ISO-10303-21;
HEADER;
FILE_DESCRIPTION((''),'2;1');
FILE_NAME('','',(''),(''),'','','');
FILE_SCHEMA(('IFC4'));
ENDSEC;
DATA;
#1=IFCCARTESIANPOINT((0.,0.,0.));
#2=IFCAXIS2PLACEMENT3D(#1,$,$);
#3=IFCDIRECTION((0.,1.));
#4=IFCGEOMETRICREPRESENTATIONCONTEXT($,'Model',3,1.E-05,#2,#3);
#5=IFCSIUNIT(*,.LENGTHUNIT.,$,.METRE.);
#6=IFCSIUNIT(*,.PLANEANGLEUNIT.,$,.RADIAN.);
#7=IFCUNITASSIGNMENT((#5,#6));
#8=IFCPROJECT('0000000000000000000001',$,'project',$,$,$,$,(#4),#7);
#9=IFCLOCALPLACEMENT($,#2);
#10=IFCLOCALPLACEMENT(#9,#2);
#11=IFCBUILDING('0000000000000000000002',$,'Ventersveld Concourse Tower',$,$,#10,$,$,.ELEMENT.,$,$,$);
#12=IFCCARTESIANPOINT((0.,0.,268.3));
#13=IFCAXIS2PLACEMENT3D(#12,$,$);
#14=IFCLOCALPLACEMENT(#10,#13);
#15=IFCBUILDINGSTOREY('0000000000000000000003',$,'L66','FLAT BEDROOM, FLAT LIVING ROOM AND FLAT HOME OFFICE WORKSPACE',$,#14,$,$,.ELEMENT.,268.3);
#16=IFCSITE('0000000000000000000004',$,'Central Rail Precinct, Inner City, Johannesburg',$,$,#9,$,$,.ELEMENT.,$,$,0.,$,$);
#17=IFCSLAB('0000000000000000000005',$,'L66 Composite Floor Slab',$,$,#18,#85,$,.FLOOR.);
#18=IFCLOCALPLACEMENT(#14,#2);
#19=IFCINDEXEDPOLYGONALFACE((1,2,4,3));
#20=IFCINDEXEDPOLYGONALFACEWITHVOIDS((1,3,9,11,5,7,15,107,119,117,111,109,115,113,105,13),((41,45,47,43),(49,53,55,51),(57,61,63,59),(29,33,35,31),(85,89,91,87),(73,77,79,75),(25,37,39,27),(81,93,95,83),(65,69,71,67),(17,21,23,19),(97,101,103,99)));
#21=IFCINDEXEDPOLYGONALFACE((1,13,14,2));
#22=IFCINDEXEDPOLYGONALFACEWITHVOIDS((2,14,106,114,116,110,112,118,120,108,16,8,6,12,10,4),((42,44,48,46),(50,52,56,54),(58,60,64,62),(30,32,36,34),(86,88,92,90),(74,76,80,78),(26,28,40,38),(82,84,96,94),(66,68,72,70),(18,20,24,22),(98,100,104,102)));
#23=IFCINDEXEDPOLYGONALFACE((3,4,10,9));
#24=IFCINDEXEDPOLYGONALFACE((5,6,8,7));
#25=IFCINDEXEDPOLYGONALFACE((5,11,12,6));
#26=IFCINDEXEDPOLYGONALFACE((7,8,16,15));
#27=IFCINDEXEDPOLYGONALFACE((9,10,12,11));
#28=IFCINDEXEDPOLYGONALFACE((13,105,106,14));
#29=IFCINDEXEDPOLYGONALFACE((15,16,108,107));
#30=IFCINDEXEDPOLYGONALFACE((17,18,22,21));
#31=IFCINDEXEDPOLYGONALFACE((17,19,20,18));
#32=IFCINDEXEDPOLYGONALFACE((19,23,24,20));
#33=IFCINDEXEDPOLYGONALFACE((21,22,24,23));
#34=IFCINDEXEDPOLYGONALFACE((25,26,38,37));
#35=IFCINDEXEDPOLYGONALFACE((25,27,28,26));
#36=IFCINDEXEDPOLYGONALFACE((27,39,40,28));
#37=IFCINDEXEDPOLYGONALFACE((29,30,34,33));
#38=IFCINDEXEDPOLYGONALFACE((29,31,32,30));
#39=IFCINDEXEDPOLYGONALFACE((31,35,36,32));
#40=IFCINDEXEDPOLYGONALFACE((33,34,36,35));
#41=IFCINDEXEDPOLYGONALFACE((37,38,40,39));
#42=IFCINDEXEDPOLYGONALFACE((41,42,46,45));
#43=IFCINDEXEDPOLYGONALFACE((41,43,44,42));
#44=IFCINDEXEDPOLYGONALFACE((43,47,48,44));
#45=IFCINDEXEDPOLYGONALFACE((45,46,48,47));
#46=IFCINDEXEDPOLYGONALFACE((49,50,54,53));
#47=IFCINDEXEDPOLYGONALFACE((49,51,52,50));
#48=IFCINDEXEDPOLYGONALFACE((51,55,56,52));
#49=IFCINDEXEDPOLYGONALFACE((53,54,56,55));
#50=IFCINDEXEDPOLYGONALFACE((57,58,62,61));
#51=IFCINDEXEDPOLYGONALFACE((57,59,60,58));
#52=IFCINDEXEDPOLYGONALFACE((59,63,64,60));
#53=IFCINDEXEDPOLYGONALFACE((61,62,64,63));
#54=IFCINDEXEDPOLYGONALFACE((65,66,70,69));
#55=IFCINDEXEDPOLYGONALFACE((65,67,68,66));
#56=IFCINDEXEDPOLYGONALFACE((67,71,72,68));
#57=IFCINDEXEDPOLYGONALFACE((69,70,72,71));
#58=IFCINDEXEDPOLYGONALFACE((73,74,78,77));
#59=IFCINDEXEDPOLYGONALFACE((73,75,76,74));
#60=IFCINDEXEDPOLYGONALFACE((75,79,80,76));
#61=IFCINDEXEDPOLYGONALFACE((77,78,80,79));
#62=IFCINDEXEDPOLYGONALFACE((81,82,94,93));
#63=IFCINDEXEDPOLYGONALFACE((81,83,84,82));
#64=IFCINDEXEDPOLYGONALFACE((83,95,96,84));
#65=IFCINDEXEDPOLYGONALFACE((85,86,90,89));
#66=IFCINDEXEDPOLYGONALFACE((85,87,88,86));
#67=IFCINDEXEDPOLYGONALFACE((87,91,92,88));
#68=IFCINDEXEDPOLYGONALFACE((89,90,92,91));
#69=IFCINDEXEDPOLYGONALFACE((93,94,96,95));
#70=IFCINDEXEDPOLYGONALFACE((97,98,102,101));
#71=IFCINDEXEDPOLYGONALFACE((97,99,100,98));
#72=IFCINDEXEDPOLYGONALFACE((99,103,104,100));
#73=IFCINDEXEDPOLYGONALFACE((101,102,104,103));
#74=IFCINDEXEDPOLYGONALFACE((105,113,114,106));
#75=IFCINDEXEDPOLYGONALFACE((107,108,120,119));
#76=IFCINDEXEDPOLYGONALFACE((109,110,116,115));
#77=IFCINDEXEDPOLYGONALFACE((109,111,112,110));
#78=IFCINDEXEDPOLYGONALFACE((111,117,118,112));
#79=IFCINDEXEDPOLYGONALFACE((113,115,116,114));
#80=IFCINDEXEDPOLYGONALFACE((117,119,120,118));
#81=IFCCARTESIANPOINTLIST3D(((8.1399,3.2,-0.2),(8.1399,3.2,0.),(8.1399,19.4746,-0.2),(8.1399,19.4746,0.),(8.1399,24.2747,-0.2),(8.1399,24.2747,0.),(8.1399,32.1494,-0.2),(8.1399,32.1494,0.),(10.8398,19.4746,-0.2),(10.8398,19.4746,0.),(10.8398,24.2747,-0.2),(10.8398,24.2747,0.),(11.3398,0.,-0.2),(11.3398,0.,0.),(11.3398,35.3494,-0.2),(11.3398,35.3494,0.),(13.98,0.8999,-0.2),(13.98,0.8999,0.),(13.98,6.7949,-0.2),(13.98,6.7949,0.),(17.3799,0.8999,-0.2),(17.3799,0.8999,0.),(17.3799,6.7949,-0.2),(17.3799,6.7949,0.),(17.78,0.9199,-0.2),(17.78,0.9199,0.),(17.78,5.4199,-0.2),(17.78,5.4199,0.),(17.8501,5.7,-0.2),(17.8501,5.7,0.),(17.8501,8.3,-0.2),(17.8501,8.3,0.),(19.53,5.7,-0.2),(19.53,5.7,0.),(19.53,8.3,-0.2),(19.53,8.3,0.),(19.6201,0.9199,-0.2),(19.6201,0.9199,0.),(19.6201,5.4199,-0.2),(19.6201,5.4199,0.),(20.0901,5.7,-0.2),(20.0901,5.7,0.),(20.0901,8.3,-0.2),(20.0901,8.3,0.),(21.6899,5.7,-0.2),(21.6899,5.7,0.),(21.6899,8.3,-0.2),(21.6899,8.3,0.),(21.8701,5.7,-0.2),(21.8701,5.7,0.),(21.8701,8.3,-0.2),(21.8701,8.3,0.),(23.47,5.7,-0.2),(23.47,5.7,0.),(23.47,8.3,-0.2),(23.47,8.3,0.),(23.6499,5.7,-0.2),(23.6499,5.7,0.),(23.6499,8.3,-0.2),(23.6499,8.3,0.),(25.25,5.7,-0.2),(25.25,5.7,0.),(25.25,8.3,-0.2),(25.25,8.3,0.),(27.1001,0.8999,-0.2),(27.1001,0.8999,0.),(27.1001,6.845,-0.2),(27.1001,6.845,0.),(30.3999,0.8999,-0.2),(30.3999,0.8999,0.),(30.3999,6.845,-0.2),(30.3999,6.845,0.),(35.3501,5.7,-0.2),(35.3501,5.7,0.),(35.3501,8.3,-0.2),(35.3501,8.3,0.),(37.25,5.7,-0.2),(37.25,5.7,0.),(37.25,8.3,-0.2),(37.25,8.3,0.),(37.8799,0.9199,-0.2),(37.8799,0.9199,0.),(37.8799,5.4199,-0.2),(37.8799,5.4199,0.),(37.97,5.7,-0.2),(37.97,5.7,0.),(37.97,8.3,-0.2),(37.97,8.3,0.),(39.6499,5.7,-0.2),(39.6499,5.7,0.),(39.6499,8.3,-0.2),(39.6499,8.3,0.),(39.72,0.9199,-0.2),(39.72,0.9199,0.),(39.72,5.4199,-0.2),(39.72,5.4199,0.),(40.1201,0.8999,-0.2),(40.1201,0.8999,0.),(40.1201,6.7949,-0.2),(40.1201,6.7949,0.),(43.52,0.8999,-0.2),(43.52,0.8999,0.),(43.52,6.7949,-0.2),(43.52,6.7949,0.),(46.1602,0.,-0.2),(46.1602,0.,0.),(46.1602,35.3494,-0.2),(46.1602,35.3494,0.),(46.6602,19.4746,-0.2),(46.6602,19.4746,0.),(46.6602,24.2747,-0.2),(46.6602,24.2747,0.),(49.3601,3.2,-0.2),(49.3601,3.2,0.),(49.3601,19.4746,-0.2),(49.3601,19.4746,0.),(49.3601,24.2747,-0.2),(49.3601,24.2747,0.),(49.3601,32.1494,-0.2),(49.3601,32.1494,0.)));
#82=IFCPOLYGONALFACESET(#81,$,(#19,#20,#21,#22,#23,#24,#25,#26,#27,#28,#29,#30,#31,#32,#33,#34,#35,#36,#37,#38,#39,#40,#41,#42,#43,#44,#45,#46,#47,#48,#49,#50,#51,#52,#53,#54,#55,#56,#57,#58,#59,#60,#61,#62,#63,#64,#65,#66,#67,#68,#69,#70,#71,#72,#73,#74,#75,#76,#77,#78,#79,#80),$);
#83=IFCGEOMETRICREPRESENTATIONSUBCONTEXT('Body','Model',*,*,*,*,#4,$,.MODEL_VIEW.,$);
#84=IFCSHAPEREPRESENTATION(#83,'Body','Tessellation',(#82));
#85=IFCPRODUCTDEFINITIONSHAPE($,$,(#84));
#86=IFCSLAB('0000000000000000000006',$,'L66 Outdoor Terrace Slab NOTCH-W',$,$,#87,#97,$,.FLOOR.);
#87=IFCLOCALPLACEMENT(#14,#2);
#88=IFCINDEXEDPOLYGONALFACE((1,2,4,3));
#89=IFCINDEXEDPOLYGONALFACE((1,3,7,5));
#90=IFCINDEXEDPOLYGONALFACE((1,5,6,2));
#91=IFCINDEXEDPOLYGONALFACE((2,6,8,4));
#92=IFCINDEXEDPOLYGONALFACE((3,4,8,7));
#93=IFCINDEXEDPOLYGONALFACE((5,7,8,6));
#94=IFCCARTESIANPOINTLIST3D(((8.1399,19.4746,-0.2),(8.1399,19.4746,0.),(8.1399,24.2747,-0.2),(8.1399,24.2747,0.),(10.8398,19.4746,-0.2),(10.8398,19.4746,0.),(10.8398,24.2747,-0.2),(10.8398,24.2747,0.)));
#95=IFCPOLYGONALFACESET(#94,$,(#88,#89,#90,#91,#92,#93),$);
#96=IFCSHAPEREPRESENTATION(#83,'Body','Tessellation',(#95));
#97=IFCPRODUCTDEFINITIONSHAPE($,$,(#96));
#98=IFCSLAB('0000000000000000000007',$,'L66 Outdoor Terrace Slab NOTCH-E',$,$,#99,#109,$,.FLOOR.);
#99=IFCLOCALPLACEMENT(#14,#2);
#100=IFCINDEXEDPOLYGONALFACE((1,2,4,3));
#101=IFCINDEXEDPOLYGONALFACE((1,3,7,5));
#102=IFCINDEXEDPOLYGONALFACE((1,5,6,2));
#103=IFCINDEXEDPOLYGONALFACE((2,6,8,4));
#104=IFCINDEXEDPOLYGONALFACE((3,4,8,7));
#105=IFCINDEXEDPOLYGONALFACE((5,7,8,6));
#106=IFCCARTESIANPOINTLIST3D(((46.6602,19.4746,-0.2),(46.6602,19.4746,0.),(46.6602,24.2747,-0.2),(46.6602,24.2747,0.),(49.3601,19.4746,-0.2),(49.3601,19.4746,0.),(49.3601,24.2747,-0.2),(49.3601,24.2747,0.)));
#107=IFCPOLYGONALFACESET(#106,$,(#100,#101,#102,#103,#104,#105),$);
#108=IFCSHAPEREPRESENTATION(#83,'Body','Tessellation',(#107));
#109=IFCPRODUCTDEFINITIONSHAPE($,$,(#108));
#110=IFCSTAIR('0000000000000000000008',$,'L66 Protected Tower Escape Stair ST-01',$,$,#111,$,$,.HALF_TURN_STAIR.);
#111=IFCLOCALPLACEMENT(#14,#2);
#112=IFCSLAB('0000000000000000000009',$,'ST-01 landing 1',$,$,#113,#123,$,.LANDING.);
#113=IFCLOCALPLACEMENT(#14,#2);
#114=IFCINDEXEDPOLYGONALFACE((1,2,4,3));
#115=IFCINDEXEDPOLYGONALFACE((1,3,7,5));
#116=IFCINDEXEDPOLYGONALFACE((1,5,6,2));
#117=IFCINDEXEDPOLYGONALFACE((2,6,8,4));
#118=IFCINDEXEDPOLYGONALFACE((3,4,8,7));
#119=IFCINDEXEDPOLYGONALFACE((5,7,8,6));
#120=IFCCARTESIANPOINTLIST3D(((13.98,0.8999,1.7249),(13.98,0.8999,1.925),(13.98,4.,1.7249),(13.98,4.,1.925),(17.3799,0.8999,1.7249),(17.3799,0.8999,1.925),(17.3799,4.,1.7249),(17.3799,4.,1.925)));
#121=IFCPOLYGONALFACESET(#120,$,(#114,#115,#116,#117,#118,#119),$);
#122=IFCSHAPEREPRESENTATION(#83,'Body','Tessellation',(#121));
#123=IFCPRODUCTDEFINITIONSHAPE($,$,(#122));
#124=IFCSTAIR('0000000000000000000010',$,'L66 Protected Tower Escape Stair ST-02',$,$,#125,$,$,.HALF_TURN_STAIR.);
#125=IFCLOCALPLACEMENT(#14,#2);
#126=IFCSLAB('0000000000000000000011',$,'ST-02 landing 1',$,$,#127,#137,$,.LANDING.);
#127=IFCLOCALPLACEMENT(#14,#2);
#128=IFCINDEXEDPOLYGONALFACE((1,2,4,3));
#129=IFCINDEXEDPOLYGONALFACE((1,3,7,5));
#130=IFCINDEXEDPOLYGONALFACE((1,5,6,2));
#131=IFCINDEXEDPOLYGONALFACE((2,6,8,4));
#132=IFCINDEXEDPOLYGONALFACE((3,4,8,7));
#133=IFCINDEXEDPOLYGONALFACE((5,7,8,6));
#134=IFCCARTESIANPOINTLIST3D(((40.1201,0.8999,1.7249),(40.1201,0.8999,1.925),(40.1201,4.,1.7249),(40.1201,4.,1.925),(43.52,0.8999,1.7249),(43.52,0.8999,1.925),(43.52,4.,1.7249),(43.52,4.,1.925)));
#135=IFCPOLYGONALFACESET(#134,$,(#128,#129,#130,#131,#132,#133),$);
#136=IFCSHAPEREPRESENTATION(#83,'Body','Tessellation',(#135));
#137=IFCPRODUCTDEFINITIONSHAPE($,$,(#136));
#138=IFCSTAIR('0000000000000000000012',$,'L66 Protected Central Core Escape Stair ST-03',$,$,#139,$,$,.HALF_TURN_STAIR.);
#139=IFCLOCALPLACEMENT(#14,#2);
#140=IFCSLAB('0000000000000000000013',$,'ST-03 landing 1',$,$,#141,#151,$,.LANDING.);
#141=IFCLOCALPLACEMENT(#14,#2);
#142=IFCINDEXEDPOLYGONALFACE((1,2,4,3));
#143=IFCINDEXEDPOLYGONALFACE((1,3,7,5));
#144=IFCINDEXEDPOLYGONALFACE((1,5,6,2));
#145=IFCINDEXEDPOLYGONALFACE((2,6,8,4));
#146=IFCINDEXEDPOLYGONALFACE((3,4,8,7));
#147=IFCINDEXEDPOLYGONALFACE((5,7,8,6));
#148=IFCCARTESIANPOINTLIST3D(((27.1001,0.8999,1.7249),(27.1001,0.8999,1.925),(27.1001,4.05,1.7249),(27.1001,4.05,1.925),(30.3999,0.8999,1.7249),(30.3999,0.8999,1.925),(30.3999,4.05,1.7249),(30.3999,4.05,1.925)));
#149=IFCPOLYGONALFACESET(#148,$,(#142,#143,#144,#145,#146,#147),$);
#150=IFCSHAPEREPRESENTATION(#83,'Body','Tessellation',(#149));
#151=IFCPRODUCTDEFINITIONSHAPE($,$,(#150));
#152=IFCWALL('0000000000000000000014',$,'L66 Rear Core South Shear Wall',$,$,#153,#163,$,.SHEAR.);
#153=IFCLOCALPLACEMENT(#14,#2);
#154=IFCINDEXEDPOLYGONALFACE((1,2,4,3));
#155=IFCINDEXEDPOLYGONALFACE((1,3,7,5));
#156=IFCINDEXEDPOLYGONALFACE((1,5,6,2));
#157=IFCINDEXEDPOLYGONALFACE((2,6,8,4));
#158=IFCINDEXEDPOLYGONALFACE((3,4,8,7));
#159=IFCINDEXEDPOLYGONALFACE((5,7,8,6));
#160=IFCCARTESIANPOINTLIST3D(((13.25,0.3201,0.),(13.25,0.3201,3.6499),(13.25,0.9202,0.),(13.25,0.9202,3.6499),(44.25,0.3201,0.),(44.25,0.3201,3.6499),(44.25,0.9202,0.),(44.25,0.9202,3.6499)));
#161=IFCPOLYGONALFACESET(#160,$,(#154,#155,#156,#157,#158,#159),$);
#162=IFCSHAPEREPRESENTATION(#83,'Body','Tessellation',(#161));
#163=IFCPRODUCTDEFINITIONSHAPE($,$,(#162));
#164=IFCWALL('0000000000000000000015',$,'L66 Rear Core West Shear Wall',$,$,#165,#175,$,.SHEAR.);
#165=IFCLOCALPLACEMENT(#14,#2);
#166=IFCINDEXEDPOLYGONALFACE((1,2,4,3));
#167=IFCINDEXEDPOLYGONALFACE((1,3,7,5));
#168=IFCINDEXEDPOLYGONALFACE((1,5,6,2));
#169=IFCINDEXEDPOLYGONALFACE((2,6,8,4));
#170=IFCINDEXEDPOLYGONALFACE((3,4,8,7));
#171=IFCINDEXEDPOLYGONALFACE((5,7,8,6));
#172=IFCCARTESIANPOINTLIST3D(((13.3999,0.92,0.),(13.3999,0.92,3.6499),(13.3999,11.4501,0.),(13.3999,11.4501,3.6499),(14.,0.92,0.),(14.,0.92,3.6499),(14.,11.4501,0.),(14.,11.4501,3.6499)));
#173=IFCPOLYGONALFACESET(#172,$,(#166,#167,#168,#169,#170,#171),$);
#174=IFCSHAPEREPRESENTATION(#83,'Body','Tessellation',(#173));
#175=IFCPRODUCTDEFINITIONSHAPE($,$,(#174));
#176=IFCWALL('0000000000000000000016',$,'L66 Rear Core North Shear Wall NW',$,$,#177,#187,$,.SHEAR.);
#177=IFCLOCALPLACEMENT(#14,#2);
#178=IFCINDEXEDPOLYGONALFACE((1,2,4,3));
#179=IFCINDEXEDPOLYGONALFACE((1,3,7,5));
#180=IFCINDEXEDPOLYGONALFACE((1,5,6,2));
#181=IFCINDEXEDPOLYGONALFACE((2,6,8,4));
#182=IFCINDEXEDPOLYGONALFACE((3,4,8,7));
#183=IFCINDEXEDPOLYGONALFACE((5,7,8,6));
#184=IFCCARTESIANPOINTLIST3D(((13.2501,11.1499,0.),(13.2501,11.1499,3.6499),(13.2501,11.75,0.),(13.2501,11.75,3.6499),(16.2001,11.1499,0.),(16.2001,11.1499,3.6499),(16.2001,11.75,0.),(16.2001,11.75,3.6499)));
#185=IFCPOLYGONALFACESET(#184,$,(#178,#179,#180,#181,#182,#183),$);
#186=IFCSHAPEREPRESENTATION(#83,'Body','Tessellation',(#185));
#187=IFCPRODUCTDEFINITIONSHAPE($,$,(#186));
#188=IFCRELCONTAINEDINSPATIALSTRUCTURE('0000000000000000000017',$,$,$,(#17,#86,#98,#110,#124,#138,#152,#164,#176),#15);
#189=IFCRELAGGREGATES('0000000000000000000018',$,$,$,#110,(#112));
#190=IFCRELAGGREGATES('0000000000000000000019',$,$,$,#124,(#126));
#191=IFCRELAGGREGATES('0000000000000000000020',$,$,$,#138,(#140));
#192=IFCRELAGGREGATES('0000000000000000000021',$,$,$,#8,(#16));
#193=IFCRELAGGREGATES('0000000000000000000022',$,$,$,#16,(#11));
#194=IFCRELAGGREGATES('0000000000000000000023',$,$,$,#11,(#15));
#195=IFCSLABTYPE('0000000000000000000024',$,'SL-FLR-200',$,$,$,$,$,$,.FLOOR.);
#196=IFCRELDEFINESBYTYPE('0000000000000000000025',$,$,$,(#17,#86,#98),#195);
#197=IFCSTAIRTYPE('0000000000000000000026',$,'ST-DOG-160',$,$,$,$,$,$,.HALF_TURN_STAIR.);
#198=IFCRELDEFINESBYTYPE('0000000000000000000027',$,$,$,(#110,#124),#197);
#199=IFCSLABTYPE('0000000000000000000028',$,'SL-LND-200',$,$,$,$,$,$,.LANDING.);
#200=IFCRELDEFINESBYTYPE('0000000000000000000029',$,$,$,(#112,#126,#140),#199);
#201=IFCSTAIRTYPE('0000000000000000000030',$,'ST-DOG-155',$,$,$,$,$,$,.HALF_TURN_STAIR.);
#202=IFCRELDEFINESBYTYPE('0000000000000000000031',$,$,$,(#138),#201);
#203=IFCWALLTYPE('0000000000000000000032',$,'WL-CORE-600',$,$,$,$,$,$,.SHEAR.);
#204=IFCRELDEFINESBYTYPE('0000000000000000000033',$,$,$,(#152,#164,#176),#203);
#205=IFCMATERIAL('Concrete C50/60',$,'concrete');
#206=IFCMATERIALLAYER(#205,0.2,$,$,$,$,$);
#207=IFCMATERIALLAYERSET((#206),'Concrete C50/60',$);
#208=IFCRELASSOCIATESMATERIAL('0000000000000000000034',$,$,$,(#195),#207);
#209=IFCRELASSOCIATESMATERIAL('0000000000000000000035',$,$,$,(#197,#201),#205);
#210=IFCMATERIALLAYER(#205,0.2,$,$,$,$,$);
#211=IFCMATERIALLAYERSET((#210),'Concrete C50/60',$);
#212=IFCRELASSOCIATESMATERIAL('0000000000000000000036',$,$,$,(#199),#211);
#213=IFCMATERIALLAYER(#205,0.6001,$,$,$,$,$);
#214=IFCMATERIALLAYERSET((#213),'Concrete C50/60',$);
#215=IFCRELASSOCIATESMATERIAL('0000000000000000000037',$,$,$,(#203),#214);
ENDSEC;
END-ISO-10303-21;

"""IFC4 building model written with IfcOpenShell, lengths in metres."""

from ifc_helpers import new_model, si_unit, direction, frame, frame_2d, origin, place, context, subcontext, project, spatial, polyline, rectangle, outline, extrude, material, layer, layer_set, type_object, element, aggregate, save


model = new_model("IFC4")

# Units and contexts
model_context = context("Model", 3, precision=1e-05, world=origin(), true_north=direction((0.0, 1.0)))
body_context = subcontext(model_context, "Body", "Model", "MODEL_VIEW")
ifc_project = project(units=[si_unit("LENGTHUNIT", "METRE"), si_unit("PLANEANGLEUNIT", "RADIAN")], contexts=[model_context])

# Site, building, storey
site_placement = place(None, origin())
site = spatial("IfcSite", under=ifc_project, at=site_placement, Name="Central Rail Precinct, Inner City, Johannesburg", CompositionType="ELEMENT", RefElevation=0.0)
building_placement = place(site_placement, origin())
building = spatial("IfcBuilding", under=site, at=building_placement, Name="Ventersveld Concourse Tower", CompositionType="ELEMENT")
storey_placement = place(building_placement, frame((0.0, 0.0, 268.3)))
storey = spatial("IfcBuildingStorey", under=building, at=storey_placement, Name="L66", Description="FLAT BEDROOM, FLAT LIVING ROOM AND FLAT HOME OFFICE WORKSPACE", CompositionType="ELEMENT", Elevation=268.3)

# Shared definitions
ifc_material_1 = material(Name="Concrete C50/60", Category="concrete")

# Slabs
ifc_layer_1 = layer(ifc_material_1, 0.2)
ifc_layer_set_1 = layer_set([ifc_layer_1], Name="Concrete C50/60")
slab_type_1 = type_object("IfcSlabType", Name="SL-FLR-200", PredefinedType="FLOOR", material=ifc_layer_set_1)
slab_1_placement = place(storey_placement, frame((0.0, 0.0, -0.2)))
element("IfcSlab", 1, at=slab_1_placement, inside=storey, type_object=slab_type_1, Name="L66 Composite Floor Slab", PredefinedType="FLOOR", context=body_context, shape_type="SweptSolid", body=[
    extrude(outline(polyline([(11.3398, 0.0), (46.1602, 0.0), (49.3601, 3.2), (49.3601, 19.4746), (46.6602, 19.4746), (46.6602, 24.2747), (49.3601, 24.2747), (49.3601, 32.1494), (46.1602, 35.3494), (11.3398, 35.3494), (8.1399, 32.1494), (8.1399, 24.2747), (10.8398, 24.2747), (10.8398, 19.4746), (8.1399, 19.4746), (8.1399, 3.2), (11.3398, 0.0)]), holes=[polyline([(13.98, 6.7949), (13.98, 0.8999), (17.3799, 0.8999), (17.3799, 6.7949), (13.98, 6.7949)]), polyline([(40.1201, 6.7949), (40.1201, 0.8999), (43.52, 0.8999), (43.52, 6.7949), (40.1201, 6.7949)]), polyline([(27.1001, 6.845), (27.1001, 0.8999), (30.3999, 0.8999), (30.3999, 6.845), (27.1001, 6.845)]), polyline([(17.8501, 5.7), (19.53, 5.7), (19.53, 8.3), (17.8501, 8.3), (17.8501, 5.7)]), polyline([(37.97, 5.7), (39.6499, 5.7), (39.6499, 8.3), (37.97, 8.3), (37.97, 5.7)]), polyline([(35.3501, 5.7), (37.25, 5.7), (37.25, 8.3), (35.3501, 8.3), (35.3501, 5.7)]), polyline([(20.0901, 5.7), (21.6899, 5.7), (21.6899, 8.3), (20.0901, 8.3), (20.0901, 5.7)]), polyline([(21.8701, 5.7), (23.47, 5.7), (23.47, 8.3), (21.8701, 8.3), (21.8701, 5.7)]), polyline([(23.6499, 5.7), (25.25, 5.7), (25.25, 8.3), (23.6499, 8.3), (23.6499, 5.7)]), polyline([(17.78, 0.9199), (19.6201, 0.9199), (19.6201, 5.4199), (17.78, 5.4199), (17.78, 0.9199)]), polyline([(37.8799, 0.9199), (39.72, 0.9199), (39.72, 5.4199), (37.8799, 5.4199), (37.8799, 0.9199)])]), origin(), (0.0, 0.0, 1.0), 0.2),
])
slab_2_placement = place(storey_placement, frame((0.0, 0.0, -0.2)))
element("IfcSlab", 2, at=slab_2_placement, inside=storey, type_object=slab_type_1, Name="L66 Outdoor Terrace Slab NOTCH-W", PredefinedType="FLOOR", context=body_context, shape_type="SweptSolid", body=[
    extrude(outline(polyline([(8.1399, 19.4746), (10.8398, 19.4746), (10.8398, 24.2747), (8.1399, 24.2747), (8.1399, 19.4746)])), origin(), (0.0, 0.0, 1.0), 0.2),
])
slab_3_placement = place(storey_placement, frame((0.0, 0.0, -0.2)))
element("IfcSlab", 3, at=slab_3_placement, inside=storey, type_object=slab_type_1, Name="L66 Outdoor Terrace Slab NOTCH-E", PredefinedType="FLOOR", context=body_context, shape_type="SweptSolid", body=[
    extrude(outline(polyline([(46.6602, 19.4746), (49.3601, 19.4746), (49.3601, 24.2747), (46.6602, 24.2747), (46.6602, 19.4746)])), origin(), (0.0, 0.0, 1.0), 0.2),
])

# Stairs, slabs
stair_type_1 = type_object("IfcStairType", Name="ST-DOG-160", PredefinedType="HALF_TURN_STAIR", material=ifc_material_1)
stair_1_placement = place(storey_placement, origin())
stair_1 = element("IfcStair", 4, at=stair_1_placement, inside=storey, type_object=stair_type_1, Name="L66 Protected Tower Escape Stair ST-01", PredefinedType="HALF_TURN_STAIR")
ifc_layer_2 = layer(ifc_material_1, 0.2)
ifc_layer_set_2 = layer_set([ifc_layer_2], Name="Concrete C50/60")
slab_type_2 = type_object("IfcSlabType", Name="SL-LND-200", PredefinedType="LANDING", material=ifc_layer_set_2)
slab_4_placement = place(storey_placement, frame((0.0, 0.0, 1.7249)))
slab_4 = element("IfcSlab", 5, at=slab_4_placement, type_object=slab_type_2, Name="ST-01 landing 1", PredefinedType="LANDING", context=body_context, shape_type="SweptSolid", body=[
    extrude(outline(polyline([(13.98, 4.0), (13.98, 0.8999), (17.3799, 0.8999), (17.3799, 4.0), (13.98, 4.0)])), origin(), (0.0, 0.0, 1.0), 0.2002),
])
aggregate(stair_1, [slab_4])
stair_2_placement = place(storey_placement, origin())
stair_2 = element("IfcStair", 6, at=stair_2_placement, inside=storey, type_object=stair_type_1, Name="L66 Protected Tower Escape Stair ST-02", PredefinedType="HALF_TURN_STAIR")
slab_5_placement = place(storey_placement, frame((0.0, 0.0, 1.7249)))
slab_5 = element("IfcSlab", 7, at=slab_5_placement, type_object=slab_type_2, Name="ST-02 landing 1", PredefinedType="LANDING", context=body_context, shape_type="SweptSolid", body=[
    extrude(outline(polyline([(40.1201, 4.0), (40.1201, 0.8999), (43.52, 0.8999), (43.52, 4.0), (40.1201, 4.0)])), origin(), (0.0, 0.0, 1.0), 0.2002),
])
aggregate(stair_2, [slab_5])
stair_type_2 = type_object("IfcStairType", Name="ST-DOG-155", PredefinedType="HALF_TURN_STAIR", material=ifc_material_1)
stair_3_placement = place(storey_placement, origin())
stair_3 = element("IfcStair", 8, at=stair_3_placement, inside=storey, type_object=stair_type_2, Name="L66 Protected Central Core Escape Stair ST-03", PredefinedType="HALF_TURN_STAIR")
slab_6_placement = place(storey_placement, frame((0.0, 0.0, 1.7249)))
slab_6 = element("IfcSlab", 9, at=slab_6_placement, type_object=slab_type_2, Name="ST-03 landing 1", PredefinedType="LANDING", context=body_context, shape_type="SweptSolid", body=[
    extrude(outline(polyline([(27.1001, 4.05), (27.1001, 0.8999), (30.3999, 0.8999), (30.3999, 4.05), (27.1001, 4.05)])), origin(), (0.0, 0.0, 1.0), 0.2002),
])
aggregate(stair_3, [slab_6])

# Walls
ifc_layer_3 = layer(ifc_material_1, 0.6001)
ifc_layer_set_3 = layer_set([ifc_layer_3], Name="Concrete C50/60")
wall_type_1 = type_object("IfcWallType", Name="WL-CORE-600", PredefinedType="SHEAR", material=ifc_layer_set_3)
wall_1_placement = place(storey_placement, frame((13.25, 0.6201, 0.0), z_axis=(0.0, 0.0, 1.0), x_axis=(1.0, 0.0, 0.0)))
element("IfcWall", 10, at=wall_1_placement, inside=storey, type_object=wall_type_1, Name="L66 Rear Core South Shear Wall", PredefinedType="SHEAR", context=body_context, shape_type="SweptSolid", body=[
    extrude(rectangle(XDim=31.0, YDim=0.6001, at=frame_2d((15.5, 0.0))), origin(), (0.0, 0.0, 1.0), 3.6499),
])
wall_2_placement = place(storey_placement, frame((13.7, 0.9199, 0.0), z_axis=(0.0, 0.0, 1.0), x_axis=(0.0, 1.0, 0.0)))
element("IfcWall", 11, at=wall_2_placement, inside=storey, type_object=wall_type_1, Name="L66 Rear Core West Shear Wall", PredefinedType="SHEAR", context=body_context, shape_type="SweptSolid", body=[
    extrude(rectangle(XDim=10.53, YDim=0.6001, at=frame_2d((5.2651, 0.0))), origin(), (0.0, 0.0, 1.0), 3.6499),
])
wall_3_placement = place(storey_placement, frame((13.25, 11.45, 0.0), z_axis=(0.0, 0.0, 1.0), x_axis=(1.0, 0.0, 0.0)))
element("IfcWall", 12, at=wall_3_placement, inside=storey, type_object=wall_type_1, Name="L66 Rear Core North Shear Wall NW", PredefinedType="SHEAR", context=body_context, shape_type="SweptSolid", body=[
    extrude(rectangle(XDim=2.95, YDim=0.6001, at=frame_2d((1.4751, 0.0))), origin(), (0.0, 0.0, 1.0), 3.6499),
])

save(model, "model.ifc")
